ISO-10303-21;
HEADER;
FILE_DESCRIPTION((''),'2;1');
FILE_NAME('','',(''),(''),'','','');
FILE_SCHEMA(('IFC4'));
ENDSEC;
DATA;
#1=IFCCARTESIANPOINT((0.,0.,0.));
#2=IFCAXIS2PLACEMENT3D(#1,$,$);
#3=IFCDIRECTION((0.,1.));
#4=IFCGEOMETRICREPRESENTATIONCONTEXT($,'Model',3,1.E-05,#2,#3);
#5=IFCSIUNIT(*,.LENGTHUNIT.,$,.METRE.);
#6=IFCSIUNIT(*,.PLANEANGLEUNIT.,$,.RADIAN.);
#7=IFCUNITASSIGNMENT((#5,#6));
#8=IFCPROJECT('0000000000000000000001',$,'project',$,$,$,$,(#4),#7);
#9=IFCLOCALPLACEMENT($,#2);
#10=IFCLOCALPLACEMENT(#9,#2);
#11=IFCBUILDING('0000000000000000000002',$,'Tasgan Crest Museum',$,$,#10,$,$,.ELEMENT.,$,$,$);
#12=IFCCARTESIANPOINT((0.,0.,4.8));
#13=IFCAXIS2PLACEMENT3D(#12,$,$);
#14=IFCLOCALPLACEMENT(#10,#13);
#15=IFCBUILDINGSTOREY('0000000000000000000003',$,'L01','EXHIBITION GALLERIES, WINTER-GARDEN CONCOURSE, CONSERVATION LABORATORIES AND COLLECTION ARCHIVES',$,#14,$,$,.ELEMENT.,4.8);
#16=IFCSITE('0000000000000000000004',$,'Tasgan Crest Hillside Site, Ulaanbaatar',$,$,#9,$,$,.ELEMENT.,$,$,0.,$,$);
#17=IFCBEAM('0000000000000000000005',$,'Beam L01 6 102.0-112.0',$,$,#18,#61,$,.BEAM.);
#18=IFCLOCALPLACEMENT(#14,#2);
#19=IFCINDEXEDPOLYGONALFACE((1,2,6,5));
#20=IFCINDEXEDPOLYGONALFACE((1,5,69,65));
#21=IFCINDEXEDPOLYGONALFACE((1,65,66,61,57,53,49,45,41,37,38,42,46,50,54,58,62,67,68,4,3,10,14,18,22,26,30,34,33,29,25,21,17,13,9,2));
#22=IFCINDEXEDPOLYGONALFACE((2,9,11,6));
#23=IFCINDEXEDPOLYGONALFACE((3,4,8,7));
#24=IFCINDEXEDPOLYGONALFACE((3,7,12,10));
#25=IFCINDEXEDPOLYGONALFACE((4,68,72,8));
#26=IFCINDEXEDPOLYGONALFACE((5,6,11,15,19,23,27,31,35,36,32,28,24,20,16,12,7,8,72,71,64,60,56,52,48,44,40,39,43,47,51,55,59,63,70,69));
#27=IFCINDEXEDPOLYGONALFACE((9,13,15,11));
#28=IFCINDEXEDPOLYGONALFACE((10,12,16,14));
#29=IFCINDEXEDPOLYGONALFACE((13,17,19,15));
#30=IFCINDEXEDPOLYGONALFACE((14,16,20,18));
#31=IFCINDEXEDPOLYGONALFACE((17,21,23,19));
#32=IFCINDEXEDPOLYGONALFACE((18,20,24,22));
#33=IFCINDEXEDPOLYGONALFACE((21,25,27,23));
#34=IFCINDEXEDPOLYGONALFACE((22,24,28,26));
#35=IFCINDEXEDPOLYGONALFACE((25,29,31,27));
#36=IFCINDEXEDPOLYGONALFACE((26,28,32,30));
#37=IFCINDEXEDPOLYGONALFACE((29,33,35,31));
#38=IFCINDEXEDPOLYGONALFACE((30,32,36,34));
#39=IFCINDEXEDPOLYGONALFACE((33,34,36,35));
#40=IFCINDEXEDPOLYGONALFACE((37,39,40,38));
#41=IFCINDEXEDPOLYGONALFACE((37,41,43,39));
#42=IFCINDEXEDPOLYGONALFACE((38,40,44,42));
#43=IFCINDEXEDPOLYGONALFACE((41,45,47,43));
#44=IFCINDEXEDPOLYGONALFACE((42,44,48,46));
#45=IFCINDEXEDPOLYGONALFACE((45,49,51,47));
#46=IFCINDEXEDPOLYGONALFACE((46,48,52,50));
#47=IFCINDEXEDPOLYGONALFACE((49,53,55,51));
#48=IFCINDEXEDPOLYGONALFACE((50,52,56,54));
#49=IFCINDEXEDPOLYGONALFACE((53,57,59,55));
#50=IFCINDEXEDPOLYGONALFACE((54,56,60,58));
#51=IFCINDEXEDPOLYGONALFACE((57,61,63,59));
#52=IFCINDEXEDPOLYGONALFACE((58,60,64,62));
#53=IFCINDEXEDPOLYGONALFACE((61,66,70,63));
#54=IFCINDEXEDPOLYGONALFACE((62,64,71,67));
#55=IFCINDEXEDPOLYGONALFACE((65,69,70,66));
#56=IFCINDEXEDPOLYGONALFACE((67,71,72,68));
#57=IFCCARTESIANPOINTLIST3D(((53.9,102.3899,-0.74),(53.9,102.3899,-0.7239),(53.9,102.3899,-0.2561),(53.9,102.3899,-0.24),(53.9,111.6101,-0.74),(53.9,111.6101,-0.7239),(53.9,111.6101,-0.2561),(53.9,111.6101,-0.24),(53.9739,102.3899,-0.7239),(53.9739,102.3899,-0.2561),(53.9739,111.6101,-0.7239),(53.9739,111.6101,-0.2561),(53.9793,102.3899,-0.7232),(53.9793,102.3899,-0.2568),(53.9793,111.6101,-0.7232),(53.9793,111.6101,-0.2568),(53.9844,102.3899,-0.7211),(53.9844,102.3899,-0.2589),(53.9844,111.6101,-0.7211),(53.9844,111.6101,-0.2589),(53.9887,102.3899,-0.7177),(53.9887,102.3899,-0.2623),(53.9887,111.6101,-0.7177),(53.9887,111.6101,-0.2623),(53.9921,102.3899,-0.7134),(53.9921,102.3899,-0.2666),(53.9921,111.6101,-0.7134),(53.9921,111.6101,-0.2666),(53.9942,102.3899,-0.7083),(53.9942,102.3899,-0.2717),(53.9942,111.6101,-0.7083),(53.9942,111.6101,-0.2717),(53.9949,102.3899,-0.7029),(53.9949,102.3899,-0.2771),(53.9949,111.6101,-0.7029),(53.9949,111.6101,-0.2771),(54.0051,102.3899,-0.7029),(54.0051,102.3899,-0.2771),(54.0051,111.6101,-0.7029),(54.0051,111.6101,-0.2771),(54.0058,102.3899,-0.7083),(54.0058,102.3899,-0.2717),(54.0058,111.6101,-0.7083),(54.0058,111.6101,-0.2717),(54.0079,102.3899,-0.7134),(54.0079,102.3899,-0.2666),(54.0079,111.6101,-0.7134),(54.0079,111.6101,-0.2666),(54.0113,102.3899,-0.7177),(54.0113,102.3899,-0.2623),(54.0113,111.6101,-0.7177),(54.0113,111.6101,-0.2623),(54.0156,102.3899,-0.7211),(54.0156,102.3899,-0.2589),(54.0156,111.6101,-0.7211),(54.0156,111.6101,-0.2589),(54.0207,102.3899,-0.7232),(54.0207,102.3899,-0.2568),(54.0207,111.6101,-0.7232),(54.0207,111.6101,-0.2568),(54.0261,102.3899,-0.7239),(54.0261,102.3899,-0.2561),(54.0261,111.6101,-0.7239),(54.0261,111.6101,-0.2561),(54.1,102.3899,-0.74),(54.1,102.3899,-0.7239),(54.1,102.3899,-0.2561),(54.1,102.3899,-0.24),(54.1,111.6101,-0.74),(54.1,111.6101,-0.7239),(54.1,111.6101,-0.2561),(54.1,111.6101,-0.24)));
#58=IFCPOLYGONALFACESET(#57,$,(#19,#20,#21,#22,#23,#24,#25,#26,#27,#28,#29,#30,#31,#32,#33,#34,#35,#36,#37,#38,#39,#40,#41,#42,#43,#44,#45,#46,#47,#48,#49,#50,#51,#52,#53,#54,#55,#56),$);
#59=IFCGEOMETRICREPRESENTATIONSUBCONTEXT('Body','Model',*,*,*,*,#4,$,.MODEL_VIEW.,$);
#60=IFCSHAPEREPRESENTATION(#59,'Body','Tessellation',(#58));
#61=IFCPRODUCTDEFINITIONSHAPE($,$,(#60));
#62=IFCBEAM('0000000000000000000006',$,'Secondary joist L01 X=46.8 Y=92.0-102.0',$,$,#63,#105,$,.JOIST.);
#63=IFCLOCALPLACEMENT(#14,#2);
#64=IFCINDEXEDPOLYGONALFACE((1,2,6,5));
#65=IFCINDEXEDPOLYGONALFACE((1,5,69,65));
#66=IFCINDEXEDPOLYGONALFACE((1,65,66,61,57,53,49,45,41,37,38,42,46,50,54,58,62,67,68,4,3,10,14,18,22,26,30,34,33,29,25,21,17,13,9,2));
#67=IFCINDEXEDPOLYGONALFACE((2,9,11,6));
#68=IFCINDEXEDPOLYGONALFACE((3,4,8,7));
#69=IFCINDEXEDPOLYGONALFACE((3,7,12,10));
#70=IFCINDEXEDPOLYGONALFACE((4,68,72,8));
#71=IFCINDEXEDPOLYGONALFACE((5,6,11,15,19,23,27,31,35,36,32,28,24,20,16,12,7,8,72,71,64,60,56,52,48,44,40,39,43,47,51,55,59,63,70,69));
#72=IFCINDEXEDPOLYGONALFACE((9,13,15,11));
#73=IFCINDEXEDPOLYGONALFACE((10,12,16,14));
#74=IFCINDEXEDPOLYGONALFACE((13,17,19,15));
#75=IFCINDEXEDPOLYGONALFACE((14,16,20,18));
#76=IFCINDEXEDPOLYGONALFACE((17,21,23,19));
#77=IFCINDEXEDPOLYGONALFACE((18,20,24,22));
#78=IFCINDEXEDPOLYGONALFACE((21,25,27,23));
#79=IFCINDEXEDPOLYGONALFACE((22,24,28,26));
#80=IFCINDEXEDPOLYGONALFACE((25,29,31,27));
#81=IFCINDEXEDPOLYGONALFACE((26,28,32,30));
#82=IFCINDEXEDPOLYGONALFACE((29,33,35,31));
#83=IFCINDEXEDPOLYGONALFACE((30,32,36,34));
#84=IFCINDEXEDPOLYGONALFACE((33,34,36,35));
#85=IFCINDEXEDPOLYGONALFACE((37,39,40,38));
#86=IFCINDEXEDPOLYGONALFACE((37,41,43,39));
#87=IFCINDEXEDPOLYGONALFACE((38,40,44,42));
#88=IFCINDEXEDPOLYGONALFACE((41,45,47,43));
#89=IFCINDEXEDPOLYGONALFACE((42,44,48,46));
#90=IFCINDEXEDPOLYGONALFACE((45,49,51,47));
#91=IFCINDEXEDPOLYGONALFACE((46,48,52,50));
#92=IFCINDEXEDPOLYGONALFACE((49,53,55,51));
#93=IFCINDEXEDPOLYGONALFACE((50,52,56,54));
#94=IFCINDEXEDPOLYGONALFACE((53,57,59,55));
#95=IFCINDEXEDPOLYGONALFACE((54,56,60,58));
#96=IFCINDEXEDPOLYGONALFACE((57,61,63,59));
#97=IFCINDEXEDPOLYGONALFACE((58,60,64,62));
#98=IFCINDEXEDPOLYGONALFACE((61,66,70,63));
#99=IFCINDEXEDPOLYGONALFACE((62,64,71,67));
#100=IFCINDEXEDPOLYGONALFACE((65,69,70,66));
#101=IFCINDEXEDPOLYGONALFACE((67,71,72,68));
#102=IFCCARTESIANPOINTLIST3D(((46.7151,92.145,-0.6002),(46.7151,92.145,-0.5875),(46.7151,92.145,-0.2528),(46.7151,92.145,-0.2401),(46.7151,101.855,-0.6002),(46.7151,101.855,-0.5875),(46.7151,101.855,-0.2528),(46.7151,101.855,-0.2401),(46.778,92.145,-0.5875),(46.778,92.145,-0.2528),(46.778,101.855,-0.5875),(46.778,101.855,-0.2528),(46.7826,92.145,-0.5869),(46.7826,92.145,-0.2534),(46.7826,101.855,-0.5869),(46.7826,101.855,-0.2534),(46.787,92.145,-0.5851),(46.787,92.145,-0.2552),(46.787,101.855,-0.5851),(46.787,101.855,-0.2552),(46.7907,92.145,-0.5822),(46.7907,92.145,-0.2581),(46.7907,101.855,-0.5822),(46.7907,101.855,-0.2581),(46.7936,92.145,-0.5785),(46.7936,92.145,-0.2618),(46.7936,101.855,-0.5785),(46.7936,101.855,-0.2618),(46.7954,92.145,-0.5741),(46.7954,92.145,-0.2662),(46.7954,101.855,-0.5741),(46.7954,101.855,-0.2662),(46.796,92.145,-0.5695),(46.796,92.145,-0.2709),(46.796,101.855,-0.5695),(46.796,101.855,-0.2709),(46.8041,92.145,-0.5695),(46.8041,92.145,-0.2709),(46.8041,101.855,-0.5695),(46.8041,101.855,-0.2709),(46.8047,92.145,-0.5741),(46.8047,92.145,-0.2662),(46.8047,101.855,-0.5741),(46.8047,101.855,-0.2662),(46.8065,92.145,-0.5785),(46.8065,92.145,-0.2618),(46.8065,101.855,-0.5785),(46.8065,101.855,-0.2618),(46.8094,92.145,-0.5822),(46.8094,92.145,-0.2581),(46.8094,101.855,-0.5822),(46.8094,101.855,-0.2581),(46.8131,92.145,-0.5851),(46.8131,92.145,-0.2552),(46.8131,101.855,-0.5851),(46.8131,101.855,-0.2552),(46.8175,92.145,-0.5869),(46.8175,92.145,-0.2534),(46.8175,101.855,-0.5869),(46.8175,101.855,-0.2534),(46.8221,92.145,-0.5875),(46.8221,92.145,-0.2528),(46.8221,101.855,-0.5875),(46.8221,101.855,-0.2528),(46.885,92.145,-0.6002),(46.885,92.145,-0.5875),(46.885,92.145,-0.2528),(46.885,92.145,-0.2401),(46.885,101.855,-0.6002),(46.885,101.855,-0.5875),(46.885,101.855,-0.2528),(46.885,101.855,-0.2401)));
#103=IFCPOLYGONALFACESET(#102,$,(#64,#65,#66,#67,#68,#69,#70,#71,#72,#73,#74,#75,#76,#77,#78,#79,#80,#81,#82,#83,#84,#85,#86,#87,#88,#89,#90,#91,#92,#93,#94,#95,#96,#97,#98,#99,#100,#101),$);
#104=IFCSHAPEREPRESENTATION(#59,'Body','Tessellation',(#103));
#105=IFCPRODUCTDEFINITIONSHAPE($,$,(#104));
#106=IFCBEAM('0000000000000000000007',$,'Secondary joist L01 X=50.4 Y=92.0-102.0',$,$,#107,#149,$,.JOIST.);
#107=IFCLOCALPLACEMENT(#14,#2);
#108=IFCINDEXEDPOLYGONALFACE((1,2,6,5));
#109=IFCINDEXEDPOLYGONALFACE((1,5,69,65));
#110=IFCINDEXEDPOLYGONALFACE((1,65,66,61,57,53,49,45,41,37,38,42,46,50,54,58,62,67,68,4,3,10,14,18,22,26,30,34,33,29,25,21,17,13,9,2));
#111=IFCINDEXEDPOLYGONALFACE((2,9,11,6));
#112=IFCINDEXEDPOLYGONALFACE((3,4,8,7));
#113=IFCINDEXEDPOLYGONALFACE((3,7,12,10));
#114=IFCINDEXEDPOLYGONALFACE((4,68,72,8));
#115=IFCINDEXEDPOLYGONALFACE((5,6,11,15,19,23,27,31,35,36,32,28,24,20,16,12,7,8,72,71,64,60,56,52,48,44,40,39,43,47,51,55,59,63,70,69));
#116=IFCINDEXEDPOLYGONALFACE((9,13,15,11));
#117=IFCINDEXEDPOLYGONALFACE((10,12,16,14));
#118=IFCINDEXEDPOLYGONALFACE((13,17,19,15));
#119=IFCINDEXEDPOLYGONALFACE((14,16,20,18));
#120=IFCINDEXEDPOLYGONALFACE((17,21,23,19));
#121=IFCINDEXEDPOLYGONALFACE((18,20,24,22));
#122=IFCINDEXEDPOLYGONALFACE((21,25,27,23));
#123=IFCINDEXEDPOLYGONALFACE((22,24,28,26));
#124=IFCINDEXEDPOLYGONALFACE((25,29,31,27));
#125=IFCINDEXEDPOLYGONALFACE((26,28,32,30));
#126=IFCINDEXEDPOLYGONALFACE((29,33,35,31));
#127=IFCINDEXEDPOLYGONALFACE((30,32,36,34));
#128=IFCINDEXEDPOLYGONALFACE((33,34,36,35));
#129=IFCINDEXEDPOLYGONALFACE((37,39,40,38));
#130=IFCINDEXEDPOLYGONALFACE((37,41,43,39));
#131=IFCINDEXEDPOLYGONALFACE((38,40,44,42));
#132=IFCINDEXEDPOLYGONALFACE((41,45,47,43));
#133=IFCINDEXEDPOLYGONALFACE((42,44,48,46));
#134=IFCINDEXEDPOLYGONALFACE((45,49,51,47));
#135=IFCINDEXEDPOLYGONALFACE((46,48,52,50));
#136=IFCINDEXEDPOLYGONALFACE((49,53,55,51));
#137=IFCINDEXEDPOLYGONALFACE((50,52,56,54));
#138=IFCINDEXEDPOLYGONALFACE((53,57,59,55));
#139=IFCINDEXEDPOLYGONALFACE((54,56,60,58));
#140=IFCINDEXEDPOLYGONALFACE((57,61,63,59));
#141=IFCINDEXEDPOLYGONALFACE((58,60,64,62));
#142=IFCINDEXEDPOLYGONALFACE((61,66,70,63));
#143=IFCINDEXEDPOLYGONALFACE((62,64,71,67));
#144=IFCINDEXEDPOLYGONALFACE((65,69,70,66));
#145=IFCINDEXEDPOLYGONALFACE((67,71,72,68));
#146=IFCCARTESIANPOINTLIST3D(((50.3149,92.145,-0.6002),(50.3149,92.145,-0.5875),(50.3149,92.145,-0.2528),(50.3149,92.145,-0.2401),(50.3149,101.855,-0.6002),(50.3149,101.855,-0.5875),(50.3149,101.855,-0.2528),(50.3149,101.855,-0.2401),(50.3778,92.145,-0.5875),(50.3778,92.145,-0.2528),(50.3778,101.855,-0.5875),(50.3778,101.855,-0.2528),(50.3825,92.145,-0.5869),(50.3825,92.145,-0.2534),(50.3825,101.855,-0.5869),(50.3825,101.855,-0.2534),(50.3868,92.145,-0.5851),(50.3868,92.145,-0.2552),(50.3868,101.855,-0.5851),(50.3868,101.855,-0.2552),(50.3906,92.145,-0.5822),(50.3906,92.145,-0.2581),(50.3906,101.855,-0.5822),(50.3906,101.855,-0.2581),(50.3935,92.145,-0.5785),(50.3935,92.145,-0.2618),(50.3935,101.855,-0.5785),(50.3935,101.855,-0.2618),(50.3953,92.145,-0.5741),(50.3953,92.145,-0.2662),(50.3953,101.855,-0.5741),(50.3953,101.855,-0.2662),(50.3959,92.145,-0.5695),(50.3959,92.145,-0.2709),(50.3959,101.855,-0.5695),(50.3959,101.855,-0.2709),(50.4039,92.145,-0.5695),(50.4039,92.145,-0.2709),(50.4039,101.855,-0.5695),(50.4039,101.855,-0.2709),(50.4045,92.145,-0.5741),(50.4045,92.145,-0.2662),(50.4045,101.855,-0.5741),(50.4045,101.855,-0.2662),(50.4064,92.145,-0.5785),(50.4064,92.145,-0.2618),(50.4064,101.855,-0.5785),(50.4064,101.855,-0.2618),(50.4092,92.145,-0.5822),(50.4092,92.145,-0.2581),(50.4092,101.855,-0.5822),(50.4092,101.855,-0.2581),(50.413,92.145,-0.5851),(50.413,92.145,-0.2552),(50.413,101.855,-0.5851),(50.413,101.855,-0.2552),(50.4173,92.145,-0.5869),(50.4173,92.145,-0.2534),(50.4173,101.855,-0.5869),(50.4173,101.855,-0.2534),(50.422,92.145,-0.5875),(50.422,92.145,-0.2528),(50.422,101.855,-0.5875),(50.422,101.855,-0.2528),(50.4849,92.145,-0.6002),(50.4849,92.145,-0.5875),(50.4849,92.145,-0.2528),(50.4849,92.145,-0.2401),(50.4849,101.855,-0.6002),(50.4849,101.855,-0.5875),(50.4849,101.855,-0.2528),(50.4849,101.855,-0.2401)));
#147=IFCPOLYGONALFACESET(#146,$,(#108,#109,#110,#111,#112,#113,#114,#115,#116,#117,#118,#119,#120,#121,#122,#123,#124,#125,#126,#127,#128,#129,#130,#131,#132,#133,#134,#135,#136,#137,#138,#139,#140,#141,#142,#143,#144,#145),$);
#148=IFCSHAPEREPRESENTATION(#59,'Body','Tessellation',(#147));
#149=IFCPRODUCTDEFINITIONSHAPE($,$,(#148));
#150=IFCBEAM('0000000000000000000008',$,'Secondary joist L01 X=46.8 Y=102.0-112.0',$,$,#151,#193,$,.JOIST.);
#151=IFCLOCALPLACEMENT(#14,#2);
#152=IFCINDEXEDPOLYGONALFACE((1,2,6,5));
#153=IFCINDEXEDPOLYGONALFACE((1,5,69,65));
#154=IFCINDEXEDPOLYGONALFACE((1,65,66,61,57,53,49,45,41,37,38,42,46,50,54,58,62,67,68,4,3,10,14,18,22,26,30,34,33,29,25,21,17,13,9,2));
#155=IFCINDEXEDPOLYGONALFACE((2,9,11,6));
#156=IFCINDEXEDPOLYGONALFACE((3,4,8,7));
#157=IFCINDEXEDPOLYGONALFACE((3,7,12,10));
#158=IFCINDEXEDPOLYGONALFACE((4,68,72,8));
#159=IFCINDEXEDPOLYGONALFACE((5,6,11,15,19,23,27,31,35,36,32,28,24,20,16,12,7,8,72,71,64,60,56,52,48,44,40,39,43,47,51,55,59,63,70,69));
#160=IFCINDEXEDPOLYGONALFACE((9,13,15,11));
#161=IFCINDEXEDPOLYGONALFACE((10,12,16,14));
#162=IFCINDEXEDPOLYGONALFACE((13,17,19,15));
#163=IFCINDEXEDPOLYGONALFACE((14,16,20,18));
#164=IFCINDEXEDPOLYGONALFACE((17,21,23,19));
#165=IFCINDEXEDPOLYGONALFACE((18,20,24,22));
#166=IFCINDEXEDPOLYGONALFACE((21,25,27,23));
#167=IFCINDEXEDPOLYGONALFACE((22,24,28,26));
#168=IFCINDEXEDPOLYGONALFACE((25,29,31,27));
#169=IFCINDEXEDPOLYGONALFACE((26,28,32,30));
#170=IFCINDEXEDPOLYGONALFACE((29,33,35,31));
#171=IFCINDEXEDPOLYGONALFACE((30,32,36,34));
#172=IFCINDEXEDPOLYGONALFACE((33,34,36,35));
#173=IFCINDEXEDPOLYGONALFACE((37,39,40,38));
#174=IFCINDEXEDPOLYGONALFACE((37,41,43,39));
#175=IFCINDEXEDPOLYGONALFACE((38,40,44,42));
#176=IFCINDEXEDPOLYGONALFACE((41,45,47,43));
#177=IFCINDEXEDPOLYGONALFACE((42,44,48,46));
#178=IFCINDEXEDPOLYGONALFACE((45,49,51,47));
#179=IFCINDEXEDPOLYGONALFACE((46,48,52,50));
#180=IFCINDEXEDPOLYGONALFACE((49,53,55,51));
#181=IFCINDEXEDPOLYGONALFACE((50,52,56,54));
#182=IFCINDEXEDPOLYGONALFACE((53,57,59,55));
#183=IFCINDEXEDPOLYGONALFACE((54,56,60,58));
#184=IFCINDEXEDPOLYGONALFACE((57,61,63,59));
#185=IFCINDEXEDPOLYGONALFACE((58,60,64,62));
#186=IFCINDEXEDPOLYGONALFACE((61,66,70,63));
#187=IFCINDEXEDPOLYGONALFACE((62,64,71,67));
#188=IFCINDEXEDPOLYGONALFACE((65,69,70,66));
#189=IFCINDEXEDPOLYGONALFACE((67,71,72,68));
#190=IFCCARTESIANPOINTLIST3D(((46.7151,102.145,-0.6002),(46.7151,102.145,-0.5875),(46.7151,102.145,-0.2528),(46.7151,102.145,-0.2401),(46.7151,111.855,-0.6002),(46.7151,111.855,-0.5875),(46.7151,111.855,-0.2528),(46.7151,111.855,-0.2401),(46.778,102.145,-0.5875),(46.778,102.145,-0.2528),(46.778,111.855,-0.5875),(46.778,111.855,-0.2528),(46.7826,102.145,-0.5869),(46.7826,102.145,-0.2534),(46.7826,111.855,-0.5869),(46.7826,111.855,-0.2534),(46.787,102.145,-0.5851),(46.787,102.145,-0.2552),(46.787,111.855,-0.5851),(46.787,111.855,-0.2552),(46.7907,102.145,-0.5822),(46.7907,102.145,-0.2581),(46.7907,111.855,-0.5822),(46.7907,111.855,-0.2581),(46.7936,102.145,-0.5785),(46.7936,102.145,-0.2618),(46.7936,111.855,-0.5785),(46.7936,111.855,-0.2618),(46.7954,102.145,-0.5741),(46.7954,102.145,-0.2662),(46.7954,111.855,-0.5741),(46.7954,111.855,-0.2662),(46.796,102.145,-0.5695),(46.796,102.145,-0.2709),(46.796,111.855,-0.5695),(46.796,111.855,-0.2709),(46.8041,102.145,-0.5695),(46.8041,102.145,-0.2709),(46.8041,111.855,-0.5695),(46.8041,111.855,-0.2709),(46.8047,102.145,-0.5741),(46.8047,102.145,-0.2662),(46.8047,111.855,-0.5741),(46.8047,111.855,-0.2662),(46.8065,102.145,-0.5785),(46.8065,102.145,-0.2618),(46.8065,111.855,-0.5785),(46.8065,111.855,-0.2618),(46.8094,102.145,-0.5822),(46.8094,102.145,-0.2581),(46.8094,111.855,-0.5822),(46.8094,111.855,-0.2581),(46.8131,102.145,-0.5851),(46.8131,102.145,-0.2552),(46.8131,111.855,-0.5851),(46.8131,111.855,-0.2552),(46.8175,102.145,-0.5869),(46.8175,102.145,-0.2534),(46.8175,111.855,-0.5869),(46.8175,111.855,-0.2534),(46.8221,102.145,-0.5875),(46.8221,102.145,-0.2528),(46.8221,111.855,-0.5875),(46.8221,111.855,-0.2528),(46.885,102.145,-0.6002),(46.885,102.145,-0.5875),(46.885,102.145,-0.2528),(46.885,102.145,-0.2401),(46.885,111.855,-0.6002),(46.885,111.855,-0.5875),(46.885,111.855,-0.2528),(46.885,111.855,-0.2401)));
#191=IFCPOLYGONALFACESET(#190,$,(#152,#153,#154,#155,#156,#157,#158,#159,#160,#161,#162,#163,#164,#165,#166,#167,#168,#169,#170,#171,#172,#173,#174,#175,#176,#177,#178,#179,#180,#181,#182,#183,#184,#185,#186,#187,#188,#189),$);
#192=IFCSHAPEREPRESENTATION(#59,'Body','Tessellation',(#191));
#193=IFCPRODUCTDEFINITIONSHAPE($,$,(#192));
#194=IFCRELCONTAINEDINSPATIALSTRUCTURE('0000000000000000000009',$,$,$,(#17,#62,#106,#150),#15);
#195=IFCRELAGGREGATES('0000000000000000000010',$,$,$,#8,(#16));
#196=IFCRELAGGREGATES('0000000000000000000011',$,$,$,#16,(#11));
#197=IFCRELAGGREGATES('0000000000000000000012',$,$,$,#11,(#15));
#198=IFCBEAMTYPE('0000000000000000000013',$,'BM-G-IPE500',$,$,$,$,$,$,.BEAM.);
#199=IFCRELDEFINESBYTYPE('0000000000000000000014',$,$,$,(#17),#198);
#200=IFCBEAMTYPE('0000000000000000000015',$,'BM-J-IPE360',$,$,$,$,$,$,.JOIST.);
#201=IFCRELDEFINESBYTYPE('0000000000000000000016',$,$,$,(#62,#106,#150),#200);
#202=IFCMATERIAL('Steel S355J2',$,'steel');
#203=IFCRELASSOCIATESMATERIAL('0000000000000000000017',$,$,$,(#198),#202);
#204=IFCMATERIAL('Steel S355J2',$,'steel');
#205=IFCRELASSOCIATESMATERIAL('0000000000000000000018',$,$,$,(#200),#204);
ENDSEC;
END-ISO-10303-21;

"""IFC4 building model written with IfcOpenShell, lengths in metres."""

from ifc_helpers import new_model, si_unit, direction, frame, origin, origin_2d, place, context, subcontext, project, spatial, i_section, extrude, material, material_profile, profile_set, type_object, element, save


model = new_model("IFC4")

# Units and contexts
model_context = context("Model", 3, precision=1e-05, world=origin(), true_north=direction((0.0, 1.0)))
body_context = subcontext(model_context, "Body", "Model", "MODEL_VIEW")
ifc_project = project(units=[si_unit("LENGTHUNIT", "METRE"), si_unit("PLANEANGLEUNIT", "RADIAN")], contexts=[model_context])

# Site, building, storey
site_placement = place(None, origin())
site = spatial("IfcSite", under=ifc_project, at=site_placement, Name="Tasgan Crest Hillside Site, Ulaanbaatar", CompositionType="ELEMENT", RefElevation=0.0)
building_placement = place(site_placement, origin())
building = spatial("IfcBuilding", under=site, at=building_placement, Name="Tasgan Crest Museum", CompositionType="ELEMENT")
storey_placement = place(building_placement, frame((0.0, 0.0, 4.8)))
storey = spatial("IfcBuildingStorey", under=building, at=storey_placement, Name="L01", Description="EXHIBITION GALLERIES, WINTER-GARDEN CONCOURSE, CONSERVATION LABORATORIES AND COLLECTION ARCHIVES", CompositionType="ELEMENT", Elevation=4.8)

# Beams
ifc_material_1 = material(Name="Steel S355J2", Category="steel")
ifc_material_profile_1 = material_profile(ifc_material_1, i_section(OverallWidth=0.2, OverallDepth=0.5, WebThickness=0.0103, FlangeThickness=0.0161, FilletRadius=0.021, at=origin_2d()), Name="IPE 500")
ifc_profile_set_1 = profile_set([ifc_material_profile_1], Name="Steel S355J2")
beam_type_1 = type_object("IfcBeamType", Name="BM-G-IPE500", PredefinedType="BEAM", material=ifc_profile_set_1)
beam_1_placement = place(storey_placement, frame((54.0, 102.3899, -0.49), z_axis=(0.0, 1.0, 0.0), x_axis=(-1.0, 0.0, 0.0)))
element("IfcBeam", 1, at=beam_1_placement, inside=storey, type_object=beam_type_1, Name="Beam L01 6 102.0-112.0", PredefinedType="BEAM", context=body_context, shape_type="SweptSolid", body=[
    extrude(i_section(OverallWidth=0.2, OverallDepth=0.5, WebThickness=0.0103, FlangeThickness=0.0161, FilletRadius=0.021, at=origin_2d()), origin(), (0.0, 0.0, 1.0), 9.2202),
])
ifc_material_2 = material(Name="Steel S355J2", Category="steel")
ifc_material_profile_2 = material_profile(ifc_material_2, i_section(OverallWidth=0.1699, OverallDepth=0.3601, WebThickness=0.0081, FlangeThickness=0.0127, FilletRadius=0.0181, at=origin_2d()), Name="IPE 360")
ifc_profile_set_2 = profile_set([ifc_material_profile_2], Name="Steel S355J2")
beam_type_2 = type_object("IfcBeamType", Name="BM-J-IPE360", PredefinedType="JOIST", material=ifc_profile_set_2)
for number, where, z_axis, x_axis, name in (
    (2, (46.8, 92.145, -0.4202), (0.0, 1.0, 0.0), (-1.0, 0.0, 0.0), "Secondary joist L01 X=46.8 Y=92.0-102.0"),
    (3, (50.3999, 92.145, -0.4202), (0.0, 1.0, 0.0), (-1.0, 0.0, 0.0), "Secondary joist L01 X=50.4 Y=92.0-102.0"),
    (4, (46.8, 102.145, -0.4202), (0.0, 1.0, 0.0), (-1.0, 0.0, 0.0), "Secondary joist L01 X=46.8 Y=102.0-112.0"),
):
    element("IfcBeam", number, at=place(storey_placement, frame(where, z_axis=z_axis, x_axis=x_axis)), inside=storey, type_object=beam_type_2, Name=name, PredefinedType="JOIST", context=body_context, shape_type="SweptSolid", body=[
        extrude(i_section(OverallWidth=0.1699, OverallDepth=0.3601, WebThickness=0.0081, FlangeThickness=0.0127, FilletRadius=0.0181, at=origin_2d()), origin(), (0.0, 0.0, 1.0), 9.71),
    ])

save(model, "model.ifc")
